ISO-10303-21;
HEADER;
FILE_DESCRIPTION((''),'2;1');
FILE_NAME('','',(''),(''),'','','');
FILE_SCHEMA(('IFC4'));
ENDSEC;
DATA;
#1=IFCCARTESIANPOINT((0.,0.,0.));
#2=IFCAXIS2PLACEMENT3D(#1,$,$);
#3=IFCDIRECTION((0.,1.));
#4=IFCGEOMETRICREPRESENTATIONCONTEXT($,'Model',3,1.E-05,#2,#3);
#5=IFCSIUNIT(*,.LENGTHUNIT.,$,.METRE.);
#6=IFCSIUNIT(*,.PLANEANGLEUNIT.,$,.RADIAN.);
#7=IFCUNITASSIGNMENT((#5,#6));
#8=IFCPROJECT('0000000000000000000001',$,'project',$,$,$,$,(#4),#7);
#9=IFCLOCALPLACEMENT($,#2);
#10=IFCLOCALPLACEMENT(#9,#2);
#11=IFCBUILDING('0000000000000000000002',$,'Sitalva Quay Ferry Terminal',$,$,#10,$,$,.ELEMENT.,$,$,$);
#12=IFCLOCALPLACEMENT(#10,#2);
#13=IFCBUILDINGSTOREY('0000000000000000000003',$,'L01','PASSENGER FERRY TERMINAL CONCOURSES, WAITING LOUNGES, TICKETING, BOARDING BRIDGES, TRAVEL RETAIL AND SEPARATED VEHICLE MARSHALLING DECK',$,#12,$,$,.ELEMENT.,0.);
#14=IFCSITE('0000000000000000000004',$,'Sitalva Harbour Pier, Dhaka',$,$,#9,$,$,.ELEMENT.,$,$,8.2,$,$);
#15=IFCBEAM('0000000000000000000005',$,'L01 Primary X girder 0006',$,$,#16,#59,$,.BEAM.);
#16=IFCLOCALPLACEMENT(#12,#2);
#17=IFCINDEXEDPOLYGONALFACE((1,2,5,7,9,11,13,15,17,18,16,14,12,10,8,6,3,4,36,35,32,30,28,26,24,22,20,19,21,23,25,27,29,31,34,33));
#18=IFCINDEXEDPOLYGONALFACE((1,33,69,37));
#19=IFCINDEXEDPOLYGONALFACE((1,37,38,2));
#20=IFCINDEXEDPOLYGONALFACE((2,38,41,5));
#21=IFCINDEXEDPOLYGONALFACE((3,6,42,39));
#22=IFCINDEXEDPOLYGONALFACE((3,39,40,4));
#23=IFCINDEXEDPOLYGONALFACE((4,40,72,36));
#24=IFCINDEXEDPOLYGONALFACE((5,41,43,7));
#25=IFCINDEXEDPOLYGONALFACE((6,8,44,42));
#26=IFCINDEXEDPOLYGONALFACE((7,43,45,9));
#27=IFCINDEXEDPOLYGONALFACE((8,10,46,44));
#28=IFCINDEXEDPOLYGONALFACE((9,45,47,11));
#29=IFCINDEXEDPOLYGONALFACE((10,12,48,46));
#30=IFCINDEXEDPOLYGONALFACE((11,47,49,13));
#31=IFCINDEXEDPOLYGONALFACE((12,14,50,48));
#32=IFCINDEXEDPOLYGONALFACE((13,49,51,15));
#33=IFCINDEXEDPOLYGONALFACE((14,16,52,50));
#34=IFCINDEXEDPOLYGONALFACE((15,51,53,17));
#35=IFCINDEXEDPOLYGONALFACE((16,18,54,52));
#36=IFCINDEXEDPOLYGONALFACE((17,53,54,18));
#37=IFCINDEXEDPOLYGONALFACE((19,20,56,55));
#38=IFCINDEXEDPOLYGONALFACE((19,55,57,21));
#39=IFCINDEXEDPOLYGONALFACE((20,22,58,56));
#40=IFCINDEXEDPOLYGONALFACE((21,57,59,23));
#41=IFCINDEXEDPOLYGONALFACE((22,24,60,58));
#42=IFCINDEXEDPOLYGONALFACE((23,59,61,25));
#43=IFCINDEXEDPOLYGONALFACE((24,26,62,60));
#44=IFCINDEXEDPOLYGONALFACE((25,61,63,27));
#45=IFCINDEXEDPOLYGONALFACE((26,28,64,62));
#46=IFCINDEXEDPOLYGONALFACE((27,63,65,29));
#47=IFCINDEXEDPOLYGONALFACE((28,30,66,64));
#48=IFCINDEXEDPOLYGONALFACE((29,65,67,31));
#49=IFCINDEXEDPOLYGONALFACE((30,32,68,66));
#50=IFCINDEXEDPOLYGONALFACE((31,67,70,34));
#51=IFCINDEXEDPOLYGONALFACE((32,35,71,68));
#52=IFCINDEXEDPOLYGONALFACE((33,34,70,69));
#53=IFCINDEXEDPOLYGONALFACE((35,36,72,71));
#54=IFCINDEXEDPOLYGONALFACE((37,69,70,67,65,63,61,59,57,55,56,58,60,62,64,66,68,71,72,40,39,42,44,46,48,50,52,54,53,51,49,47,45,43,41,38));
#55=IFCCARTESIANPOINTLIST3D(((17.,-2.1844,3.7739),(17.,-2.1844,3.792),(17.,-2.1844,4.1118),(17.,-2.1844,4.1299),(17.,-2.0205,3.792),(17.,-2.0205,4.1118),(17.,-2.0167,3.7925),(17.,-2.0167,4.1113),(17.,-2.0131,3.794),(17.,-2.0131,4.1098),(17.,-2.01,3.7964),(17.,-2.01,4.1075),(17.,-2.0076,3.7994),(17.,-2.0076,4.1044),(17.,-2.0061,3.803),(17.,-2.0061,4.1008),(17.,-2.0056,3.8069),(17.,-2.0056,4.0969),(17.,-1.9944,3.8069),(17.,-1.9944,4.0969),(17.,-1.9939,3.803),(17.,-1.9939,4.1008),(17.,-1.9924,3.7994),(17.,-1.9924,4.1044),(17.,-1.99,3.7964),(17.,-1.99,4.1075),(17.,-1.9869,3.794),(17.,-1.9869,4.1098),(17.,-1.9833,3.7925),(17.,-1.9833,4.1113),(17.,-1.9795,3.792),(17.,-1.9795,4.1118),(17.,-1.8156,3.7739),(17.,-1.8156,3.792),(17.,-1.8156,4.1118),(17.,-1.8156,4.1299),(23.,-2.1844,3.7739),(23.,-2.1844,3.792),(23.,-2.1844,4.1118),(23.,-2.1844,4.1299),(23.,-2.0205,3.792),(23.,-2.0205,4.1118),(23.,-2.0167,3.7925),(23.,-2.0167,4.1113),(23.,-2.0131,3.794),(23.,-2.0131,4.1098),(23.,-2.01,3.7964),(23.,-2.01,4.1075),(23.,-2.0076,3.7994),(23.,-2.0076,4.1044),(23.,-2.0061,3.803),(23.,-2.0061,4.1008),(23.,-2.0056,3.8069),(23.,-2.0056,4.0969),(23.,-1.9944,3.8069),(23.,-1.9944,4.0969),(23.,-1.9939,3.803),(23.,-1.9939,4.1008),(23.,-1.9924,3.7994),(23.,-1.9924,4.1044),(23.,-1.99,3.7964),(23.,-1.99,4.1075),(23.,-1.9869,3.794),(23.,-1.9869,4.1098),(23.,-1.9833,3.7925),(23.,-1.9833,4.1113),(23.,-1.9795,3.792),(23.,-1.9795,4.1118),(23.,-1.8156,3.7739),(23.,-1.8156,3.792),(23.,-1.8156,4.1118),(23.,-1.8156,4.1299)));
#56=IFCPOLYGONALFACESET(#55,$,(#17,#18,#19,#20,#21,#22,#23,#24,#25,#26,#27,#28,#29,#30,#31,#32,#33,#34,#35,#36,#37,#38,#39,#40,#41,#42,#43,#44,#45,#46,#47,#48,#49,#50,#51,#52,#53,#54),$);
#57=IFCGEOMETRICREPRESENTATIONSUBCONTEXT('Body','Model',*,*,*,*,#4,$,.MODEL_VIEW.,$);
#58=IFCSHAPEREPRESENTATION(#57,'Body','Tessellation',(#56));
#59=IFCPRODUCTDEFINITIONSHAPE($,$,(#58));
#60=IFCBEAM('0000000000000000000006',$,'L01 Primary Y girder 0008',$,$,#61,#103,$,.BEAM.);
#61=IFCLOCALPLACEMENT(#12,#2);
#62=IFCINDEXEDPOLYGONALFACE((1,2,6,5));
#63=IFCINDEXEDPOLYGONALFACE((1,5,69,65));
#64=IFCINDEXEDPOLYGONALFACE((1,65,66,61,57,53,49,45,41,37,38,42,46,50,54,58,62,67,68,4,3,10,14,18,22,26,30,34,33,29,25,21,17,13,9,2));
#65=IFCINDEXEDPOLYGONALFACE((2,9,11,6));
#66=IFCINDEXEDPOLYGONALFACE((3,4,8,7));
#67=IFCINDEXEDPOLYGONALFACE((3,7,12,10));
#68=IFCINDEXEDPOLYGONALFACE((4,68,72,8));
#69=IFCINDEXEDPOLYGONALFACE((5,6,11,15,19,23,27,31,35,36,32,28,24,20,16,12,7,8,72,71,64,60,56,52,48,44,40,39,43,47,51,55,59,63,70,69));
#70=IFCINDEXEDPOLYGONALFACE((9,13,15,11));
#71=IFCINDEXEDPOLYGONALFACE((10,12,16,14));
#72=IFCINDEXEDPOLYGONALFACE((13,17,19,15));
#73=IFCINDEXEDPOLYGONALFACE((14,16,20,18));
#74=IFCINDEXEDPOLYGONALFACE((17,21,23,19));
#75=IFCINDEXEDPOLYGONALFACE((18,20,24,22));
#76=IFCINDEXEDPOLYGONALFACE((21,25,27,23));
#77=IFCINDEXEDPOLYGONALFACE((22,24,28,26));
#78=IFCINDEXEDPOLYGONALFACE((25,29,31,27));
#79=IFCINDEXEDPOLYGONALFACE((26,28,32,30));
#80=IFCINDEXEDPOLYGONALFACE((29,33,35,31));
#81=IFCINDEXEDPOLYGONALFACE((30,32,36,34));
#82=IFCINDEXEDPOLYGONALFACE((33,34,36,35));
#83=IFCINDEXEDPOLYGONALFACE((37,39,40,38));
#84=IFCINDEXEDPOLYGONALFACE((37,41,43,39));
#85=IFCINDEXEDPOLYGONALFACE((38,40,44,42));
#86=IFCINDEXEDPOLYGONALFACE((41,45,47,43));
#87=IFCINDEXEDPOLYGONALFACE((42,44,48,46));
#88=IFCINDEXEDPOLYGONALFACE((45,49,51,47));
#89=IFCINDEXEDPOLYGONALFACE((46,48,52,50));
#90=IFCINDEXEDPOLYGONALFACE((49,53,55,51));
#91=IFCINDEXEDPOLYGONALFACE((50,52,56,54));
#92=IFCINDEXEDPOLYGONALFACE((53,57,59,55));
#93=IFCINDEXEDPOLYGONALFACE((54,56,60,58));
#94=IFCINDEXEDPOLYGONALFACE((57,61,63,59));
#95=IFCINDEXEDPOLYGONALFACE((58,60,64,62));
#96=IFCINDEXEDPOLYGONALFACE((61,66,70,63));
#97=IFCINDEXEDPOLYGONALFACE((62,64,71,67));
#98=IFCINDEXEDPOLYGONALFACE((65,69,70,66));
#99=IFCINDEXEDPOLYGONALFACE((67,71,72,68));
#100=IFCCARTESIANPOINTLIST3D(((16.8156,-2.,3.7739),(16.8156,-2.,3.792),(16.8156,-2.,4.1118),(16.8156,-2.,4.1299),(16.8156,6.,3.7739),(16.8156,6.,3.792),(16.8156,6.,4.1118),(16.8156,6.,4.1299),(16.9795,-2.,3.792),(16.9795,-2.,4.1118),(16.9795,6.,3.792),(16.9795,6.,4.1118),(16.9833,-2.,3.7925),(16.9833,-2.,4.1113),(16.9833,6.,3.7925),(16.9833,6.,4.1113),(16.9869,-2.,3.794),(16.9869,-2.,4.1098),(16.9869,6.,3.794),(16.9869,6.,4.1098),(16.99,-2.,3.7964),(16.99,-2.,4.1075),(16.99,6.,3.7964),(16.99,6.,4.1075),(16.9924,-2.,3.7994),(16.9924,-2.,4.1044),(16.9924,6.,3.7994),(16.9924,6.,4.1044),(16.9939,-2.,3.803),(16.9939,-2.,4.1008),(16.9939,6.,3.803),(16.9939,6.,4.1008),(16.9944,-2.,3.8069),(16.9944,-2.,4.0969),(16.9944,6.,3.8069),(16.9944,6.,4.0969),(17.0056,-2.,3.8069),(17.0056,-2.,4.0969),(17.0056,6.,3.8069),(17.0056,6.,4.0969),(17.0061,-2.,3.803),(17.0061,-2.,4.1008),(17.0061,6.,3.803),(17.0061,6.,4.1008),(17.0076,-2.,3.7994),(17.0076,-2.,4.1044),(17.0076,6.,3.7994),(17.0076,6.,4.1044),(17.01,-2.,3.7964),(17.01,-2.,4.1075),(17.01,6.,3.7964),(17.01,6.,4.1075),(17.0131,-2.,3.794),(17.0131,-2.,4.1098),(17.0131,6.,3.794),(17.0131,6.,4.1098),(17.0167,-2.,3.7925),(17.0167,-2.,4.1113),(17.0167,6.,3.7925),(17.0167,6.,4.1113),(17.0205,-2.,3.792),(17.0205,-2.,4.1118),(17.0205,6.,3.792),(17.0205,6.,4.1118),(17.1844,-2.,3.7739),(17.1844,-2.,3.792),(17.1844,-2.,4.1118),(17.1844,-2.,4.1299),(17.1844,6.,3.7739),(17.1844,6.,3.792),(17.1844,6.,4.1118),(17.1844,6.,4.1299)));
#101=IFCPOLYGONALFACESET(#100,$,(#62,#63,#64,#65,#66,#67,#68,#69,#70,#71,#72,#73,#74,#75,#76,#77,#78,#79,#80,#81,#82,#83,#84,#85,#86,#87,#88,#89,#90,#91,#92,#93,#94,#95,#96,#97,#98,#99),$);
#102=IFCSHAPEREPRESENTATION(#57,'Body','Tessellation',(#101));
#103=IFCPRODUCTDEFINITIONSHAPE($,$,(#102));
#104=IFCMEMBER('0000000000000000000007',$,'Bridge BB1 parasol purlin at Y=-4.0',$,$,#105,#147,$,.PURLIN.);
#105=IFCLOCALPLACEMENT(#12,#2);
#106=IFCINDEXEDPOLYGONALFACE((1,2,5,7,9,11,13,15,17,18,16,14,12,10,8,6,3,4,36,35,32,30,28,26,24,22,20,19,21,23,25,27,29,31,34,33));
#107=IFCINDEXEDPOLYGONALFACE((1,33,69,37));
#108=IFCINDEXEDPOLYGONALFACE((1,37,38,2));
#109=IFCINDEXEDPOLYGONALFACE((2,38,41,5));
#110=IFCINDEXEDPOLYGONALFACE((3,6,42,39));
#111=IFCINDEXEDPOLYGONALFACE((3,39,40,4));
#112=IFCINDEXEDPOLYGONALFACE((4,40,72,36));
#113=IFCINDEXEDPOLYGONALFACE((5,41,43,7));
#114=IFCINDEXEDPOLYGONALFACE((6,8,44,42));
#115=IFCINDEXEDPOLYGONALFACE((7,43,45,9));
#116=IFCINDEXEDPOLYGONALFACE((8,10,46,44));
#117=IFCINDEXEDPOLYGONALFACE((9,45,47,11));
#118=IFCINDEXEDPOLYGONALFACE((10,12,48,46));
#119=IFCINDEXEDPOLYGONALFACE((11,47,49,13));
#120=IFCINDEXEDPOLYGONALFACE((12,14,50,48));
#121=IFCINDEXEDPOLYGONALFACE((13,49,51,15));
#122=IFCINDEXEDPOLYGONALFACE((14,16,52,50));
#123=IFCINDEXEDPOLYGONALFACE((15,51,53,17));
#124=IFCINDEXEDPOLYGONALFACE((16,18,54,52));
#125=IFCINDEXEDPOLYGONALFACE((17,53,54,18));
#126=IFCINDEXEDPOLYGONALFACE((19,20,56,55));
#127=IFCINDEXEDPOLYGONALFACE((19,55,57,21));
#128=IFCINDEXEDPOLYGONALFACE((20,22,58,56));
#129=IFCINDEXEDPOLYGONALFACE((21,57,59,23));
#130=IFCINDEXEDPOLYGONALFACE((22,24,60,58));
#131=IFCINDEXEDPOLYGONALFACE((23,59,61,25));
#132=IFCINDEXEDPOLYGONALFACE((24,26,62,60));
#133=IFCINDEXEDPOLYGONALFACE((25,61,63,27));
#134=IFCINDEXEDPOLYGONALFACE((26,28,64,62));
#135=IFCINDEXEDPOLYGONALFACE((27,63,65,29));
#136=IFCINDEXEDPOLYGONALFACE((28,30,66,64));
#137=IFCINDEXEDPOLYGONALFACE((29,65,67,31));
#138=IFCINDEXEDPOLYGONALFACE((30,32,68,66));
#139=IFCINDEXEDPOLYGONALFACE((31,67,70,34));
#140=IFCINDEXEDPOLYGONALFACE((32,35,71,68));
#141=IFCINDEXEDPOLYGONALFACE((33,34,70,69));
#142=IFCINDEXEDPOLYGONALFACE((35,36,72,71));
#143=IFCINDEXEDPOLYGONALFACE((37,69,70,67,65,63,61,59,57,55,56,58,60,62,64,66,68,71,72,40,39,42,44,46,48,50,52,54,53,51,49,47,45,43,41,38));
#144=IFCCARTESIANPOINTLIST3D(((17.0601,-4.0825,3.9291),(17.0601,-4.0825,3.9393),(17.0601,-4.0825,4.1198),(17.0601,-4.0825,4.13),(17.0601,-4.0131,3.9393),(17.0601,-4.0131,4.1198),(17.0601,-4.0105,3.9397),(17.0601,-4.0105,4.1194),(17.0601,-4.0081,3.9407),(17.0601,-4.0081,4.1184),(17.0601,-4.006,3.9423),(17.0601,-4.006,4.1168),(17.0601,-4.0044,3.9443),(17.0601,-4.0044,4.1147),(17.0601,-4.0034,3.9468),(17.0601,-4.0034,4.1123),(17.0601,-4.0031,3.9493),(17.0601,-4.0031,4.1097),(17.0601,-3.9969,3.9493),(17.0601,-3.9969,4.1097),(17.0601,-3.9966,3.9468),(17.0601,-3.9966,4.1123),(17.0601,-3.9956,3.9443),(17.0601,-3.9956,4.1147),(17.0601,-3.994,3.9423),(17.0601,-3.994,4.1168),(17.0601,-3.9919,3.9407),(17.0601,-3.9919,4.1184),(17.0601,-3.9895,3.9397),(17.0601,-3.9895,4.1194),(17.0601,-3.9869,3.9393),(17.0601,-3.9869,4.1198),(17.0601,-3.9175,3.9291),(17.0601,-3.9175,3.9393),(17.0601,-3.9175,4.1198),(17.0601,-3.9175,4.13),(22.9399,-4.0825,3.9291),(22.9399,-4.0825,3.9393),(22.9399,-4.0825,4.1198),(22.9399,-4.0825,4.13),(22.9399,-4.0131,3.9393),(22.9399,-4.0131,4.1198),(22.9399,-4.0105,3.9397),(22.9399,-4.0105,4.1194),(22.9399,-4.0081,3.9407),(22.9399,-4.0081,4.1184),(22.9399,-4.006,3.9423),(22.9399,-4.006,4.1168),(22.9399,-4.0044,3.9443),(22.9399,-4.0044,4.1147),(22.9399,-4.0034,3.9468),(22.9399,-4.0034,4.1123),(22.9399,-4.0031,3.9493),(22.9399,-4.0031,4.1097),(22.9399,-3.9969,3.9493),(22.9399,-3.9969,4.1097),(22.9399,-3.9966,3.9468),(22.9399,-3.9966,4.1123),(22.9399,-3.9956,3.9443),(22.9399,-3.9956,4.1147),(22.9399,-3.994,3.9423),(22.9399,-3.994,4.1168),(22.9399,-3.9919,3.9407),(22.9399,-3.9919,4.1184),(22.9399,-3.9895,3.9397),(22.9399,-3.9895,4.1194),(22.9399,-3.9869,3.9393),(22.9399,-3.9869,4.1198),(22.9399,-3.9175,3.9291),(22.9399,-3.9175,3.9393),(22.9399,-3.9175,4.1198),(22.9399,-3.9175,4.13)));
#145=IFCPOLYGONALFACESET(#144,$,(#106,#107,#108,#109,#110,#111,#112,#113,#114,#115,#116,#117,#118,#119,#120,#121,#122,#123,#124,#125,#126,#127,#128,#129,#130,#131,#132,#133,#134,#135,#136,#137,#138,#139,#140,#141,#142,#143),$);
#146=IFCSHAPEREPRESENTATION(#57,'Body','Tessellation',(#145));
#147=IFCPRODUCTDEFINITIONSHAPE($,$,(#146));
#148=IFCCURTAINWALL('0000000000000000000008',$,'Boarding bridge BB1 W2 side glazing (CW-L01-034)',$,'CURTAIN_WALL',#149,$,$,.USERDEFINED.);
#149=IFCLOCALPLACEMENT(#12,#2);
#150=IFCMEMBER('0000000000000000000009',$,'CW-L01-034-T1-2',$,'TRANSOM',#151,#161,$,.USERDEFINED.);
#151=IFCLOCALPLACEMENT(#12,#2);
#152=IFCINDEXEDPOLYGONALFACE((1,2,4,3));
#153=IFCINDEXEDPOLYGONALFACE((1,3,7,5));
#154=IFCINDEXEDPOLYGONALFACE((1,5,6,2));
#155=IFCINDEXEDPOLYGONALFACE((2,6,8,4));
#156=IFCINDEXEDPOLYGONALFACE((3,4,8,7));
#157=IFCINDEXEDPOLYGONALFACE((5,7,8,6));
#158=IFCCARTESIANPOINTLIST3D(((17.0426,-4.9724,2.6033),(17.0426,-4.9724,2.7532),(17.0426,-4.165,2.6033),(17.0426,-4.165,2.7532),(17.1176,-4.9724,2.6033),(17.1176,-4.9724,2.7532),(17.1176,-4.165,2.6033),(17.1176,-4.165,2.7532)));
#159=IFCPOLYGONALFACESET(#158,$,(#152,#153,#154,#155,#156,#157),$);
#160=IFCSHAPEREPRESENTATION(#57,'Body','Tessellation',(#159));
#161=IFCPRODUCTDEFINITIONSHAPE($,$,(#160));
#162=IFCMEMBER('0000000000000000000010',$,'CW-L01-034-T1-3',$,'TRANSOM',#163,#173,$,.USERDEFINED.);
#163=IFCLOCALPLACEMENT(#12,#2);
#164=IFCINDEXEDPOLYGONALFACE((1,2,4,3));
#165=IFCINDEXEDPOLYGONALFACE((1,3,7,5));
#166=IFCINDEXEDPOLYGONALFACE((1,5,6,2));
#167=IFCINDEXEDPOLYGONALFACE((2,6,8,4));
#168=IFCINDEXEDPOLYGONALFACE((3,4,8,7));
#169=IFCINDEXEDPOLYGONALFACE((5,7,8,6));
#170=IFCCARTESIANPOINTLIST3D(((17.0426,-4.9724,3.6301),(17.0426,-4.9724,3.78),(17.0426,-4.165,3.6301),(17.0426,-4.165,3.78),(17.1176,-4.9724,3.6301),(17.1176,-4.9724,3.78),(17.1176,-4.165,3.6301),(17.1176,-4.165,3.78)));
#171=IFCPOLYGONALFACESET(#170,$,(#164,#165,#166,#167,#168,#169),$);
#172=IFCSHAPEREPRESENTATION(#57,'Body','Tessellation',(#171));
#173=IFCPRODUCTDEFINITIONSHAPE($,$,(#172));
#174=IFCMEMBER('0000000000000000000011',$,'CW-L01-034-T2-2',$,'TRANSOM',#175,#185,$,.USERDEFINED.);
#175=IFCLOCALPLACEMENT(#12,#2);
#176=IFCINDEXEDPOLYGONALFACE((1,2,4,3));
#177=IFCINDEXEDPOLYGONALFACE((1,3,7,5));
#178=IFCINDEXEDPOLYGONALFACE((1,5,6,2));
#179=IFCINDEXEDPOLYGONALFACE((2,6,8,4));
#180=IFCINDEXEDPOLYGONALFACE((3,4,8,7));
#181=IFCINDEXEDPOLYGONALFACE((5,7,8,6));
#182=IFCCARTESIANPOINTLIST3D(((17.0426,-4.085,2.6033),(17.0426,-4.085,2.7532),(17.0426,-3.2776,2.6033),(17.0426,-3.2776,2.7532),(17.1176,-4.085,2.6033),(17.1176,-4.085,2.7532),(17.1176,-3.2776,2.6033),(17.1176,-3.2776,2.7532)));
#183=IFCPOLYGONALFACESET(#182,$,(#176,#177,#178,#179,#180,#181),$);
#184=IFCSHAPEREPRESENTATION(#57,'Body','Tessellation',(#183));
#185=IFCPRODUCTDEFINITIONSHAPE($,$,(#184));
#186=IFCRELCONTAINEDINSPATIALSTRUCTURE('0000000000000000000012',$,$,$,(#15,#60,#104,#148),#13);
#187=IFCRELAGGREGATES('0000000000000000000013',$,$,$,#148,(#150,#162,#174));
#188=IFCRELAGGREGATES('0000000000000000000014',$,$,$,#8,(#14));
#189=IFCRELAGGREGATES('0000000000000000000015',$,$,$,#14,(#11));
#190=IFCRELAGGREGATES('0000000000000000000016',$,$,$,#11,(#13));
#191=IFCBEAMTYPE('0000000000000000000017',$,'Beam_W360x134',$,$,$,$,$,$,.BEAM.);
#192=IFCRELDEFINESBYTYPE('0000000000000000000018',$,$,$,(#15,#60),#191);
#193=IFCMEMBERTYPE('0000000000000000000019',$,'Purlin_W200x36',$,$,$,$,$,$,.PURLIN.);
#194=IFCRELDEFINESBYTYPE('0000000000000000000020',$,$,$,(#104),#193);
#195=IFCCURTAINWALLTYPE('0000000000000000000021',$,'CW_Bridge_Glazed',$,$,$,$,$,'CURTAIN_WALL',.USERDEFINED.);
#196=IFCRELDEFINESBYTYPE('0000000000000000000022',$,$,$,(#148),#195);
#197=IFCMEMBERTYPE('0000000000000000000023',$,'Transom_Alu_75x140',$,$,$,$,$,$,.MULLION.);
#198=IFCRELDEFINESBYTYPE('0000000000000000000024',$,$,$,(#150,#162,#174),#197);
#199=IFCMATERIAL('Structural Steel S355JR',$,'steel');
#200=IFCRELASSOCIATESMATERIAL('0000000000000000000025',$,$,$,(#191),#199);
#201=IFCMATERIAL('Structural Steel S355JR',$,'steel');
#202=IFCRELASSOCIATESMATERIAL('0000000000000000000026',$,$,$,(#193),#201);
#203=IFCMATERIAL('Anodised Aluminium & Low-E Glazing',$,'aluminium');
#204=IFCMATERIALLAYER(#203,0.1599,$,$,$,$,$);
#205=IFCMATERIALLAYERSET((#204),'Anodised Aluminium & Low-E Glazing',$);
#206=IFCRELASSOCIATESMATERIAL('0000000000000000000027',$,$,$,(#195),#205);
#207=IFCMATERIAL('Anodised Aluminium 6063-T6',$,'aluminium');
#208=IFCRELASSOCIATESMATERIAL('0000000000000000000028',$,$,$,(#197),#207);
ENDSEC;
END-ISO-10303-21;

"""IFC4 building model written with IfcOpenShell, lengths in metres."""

from ifc_helpers import new_model, si_unit, direction, frame, origin, origin_2d, place, context, subcontext, project, spatial, rectangle, i_section, extrude, material, layer, layer_set, material_profile, profile_set, type_object, element, aggregate, save


model = new_model("IFC4")

# Units and contexts
model_context = context("Model", 3, precision=1e-05, world=origin(), true_north=direction((0.0, 1.0)))
body_context = subcontext(model_context, "Body", "Model", "MODEL_VIEW")
ifc_project = project(units=[si_unit("LENGTHUNIT", "METRE"), si_unit("PLANEANGLEUNIT", "RADIAN")], contexts=[model_context])

# Site, building, storey
site_placement = place(None, origin())
site = spatial("IfcSite", under=ifc_project, at=site_placement, Name="Sitalva Harbour Pier, Dhaka", CompositionType="ELEMENT", RefElevation=8.2)
building_placement = place(site_placement, origin())
building = spatial("IfcBuilding", under=site, at=building_placement, Name="Sitalva Quay Ferry Terminal", CompositionType="ELEMENT")
storey_placement = place(building_placement, origin())
storey = spatial("IfcBuildingStorey", under=building, at=storey_placement, Name="L01", Description="PASSENGER FERRY TERMINAL CONCOURSES, WAITING LOUNGES, TICKETING, BOARDING BRIDGES, TRAVEL RETAIL AND SEPARATED VEHICLE MARSHALLING DECK", CompositionType="ELEMENT", Elevation=0.0)

# Beams
ifc_material_1 = material(Name="Structural Steel S355JR", Category="steel")
ifc_material_profile_1 = material_profile(ifc_material_1, i_section(OverallWidth=0.3689, OverallDepth=0.356, WebThickness=0.0112, FlangeThickness=0.0181, FilletRadius=0.0149, at=origin_2d()), Name="W360x134")
ifc_profile_set_1 = profile_set([ifc_material_profile_1], Name="Structural Steel S355JR")
beam_type = type_object("IfcBeamType", Name="Beam_W360x134", PredefinedType="BEAM", material=ifc_profile_set_1)
beam_1_placement = place(storey_placement, frame((17.0, -2.0, 3.9519), z_axis=(1.0, 0.0, 0.0), x_axis=(0.0, 1.0, 0.0)))
element("IfcBeam", 1, at=beam_1_placement, inside=storey, type_object=beam_type, Name="L01 Primary X girder 0006", PredefinedType="BEAM", context=body_context, shape_type="SweptSolid", body=[
    extrude(i_section(OverallWidth=0.3689, OverallDepth=0.356, WebThickness=0.0112, FlangeThickness=0.0181, FilletRadius=0.0149, at=origin_2d()), origin(), (0.0, 0.0, 1.0), 6.0),
])
beam_2_placement = place(storey_placement, frame((17.0, -2.0, 3.9519), z_axis=(0.0, 1.0, 0.0), x_axis=(-1.0, 0.0, 0.0)))
element("IfcBeam", 2, at=beam_2_placement, inside=storey, type_object=beam_type, Name="L01 Primary Y girder 0008", PredefinedType="BEAM", context=body_context, shape_type="SweptSolid", body=[
    extrude(i_section(OverallWidth=0.3689, OverallDepth=0.356, WebThickness=0.0112, FlangeThickness=0.0181, FilletRadius=0.0149, at=origin_2d()), origin(), (0.0, 0.0, 1.0), 8.0),
])

# Member
ifc_material_2 = material(Name="Structural Steel S355JR", Category="steel")
ifc_material_profile_2 = material_profile(ifc_material_2, i_section(OverallWidth=0.165, OverallDepth=0.2009, WebThickness=0.0061, FlangeThickness=0.0103, FilletRadius=0.01, at=origin_2d()), Name="W200x36")
ifc_profile_set_2 = profile_set([ifc_material_profile_2], Name="Structural Steel S355JR")
member_type_1 = type_object("IfcMemberType", Name="Purlin_W200x36", PredefinedType="PURLIN", material=ifc_profile_set_2)
member_1_placement = place(storey_placement, frame((17.0601, -4.0, 4.0295), z_axis=(1.0, 0.0, 0.0), x_axis=(0.0, 1.0, 0.0)))
element("IfcMember", 3, at=member_1_placement, inside=storey, type_object=member_type_1, Name="Bridge BB1 parasol purlin at Y=-4.0", PredefinedType="PURLIN", context=body_context, shape_type="SweptSolid", body=[
    extrude(i_section(OverallWidth=0.165, OverallDepth=0.2009, WebThickness=0.0061, FlangeThickness=0.0103, FilletRadius=0.01, at=origin_2d()), origin(), (0.0, 0.0, 1.0), 5.8799),
])

# Curtain wall, members
ifc_material_3 = material(Name="Anodised Aluminium & Low-E Glazing", Category="aluminium")
ifc_layer_1 = layer(ifc_material_3, 0.1599)
ifc_layer_set_1 = layer_set([ifc_layer_1], Name="Anodised Aluminium & Low-E Glazing")
curtain_wall_type = type_object("IfcCurtainWallType", Name="CW_Bridge_Glazed", ElementType="CURTAIN_WALL", PredefinedType="USERDEFINED", material=ifc_layer_set_1)
curtain_wall_1_placement = place(storey_placement, origin())
curtain_wall_1 = element("IfcCurtainWall", 4, at=curtain_wall_1_placement, inside=storey, type_object=curtain_wall_type, Name="Boarding bridge BB1 W2 side glazing (CW-L01-034)", ObjectType="CURTAIN_WALL", PredefinedType="USERDEFINED")
ifc_material_4 = material(Name="Anodised Aluminium 6063-T6", Category="aluminium")
ifc_material_profile_3 = material_profile(ifc_material_4, rectangle(XDim=0.075, YDim=0.1499, at=origin_2d()), Name="ALU75x150")
ifc_profile_set_3 = profile_set([ifc_material_profile_3], Name="Anodised Aluminium 6063-T6")
member_type_2 = type_object("IfcMemberType", Name="Transom_Alu_75x140", PredefinedType="MULLION", material=ifc_profile_set_3)
member_2_placement = place(storey_placement, frame((17.0801, -4.9724, 2.6782), z_axis=(0.0, 1.0, 0.0), x_axis=(-1.0, 0.0, 0.0)))
member_2 = element("IfcMember", 5, at=member_2_placement, type_object=member_type_2, Name="CW-L01-034-T1-2", ObjectType="TRANSOM", PredefinedType="USERDEFINED", context=body_context, shape_type="SweptSolid", body=[
    extrude(rectangle(XDim=0.075, YDim=0.1499, at=origin_2d()), origin(), (0.0, 0.0, 1.0), 0.8074),
])
member_3_placement = place(storey_placement, frame((17.0801, -4.9724, 3.7051), z_axis=(0.0, 1.0, 0.0), x_axis=(-1.0, 0.0, 0.0)))
member_3 = element("IfcMember", 6, at=member_3_placement, type_object=member_type_2, Name="CW-L01-034-T1-3", ObjectType="TRANSOM", PredefinedType="USERDEFINED", context=body_context, shape_type="SweptSolid", body=[
    extrude(rectangle(XDim=0.075, YDim=0.1499, at=origin_2d()), origin(), (0.0, 0.0, 1.0), 0.8074),
])
member_4_placement = place(storey_placement, frame((17.0801, -4.085, 2.6782), z_axis=(0.0, 1.0, 0.0), x_axis=(-1.0, 0.0, 0.0)))
member_4 = element("IfcMember", 7, at=member_4_placement, type_object=member_type_2, Name="CW-L01-034-T2-2", ObjectType="TRANSOM", PredefinedType="USERDEFINED", context=body_context, shape_type="SweptSolid", body=[
    extrude(rectangle(XDim=0.075, YDim=0.1499, at=origin_2d()), origin(), (0.0, 0.0, 1.0), 0.8074),
])

aggregate(curtain_wall_1, [member_2, member_3, member_4])

save(model, "model.ifc")
